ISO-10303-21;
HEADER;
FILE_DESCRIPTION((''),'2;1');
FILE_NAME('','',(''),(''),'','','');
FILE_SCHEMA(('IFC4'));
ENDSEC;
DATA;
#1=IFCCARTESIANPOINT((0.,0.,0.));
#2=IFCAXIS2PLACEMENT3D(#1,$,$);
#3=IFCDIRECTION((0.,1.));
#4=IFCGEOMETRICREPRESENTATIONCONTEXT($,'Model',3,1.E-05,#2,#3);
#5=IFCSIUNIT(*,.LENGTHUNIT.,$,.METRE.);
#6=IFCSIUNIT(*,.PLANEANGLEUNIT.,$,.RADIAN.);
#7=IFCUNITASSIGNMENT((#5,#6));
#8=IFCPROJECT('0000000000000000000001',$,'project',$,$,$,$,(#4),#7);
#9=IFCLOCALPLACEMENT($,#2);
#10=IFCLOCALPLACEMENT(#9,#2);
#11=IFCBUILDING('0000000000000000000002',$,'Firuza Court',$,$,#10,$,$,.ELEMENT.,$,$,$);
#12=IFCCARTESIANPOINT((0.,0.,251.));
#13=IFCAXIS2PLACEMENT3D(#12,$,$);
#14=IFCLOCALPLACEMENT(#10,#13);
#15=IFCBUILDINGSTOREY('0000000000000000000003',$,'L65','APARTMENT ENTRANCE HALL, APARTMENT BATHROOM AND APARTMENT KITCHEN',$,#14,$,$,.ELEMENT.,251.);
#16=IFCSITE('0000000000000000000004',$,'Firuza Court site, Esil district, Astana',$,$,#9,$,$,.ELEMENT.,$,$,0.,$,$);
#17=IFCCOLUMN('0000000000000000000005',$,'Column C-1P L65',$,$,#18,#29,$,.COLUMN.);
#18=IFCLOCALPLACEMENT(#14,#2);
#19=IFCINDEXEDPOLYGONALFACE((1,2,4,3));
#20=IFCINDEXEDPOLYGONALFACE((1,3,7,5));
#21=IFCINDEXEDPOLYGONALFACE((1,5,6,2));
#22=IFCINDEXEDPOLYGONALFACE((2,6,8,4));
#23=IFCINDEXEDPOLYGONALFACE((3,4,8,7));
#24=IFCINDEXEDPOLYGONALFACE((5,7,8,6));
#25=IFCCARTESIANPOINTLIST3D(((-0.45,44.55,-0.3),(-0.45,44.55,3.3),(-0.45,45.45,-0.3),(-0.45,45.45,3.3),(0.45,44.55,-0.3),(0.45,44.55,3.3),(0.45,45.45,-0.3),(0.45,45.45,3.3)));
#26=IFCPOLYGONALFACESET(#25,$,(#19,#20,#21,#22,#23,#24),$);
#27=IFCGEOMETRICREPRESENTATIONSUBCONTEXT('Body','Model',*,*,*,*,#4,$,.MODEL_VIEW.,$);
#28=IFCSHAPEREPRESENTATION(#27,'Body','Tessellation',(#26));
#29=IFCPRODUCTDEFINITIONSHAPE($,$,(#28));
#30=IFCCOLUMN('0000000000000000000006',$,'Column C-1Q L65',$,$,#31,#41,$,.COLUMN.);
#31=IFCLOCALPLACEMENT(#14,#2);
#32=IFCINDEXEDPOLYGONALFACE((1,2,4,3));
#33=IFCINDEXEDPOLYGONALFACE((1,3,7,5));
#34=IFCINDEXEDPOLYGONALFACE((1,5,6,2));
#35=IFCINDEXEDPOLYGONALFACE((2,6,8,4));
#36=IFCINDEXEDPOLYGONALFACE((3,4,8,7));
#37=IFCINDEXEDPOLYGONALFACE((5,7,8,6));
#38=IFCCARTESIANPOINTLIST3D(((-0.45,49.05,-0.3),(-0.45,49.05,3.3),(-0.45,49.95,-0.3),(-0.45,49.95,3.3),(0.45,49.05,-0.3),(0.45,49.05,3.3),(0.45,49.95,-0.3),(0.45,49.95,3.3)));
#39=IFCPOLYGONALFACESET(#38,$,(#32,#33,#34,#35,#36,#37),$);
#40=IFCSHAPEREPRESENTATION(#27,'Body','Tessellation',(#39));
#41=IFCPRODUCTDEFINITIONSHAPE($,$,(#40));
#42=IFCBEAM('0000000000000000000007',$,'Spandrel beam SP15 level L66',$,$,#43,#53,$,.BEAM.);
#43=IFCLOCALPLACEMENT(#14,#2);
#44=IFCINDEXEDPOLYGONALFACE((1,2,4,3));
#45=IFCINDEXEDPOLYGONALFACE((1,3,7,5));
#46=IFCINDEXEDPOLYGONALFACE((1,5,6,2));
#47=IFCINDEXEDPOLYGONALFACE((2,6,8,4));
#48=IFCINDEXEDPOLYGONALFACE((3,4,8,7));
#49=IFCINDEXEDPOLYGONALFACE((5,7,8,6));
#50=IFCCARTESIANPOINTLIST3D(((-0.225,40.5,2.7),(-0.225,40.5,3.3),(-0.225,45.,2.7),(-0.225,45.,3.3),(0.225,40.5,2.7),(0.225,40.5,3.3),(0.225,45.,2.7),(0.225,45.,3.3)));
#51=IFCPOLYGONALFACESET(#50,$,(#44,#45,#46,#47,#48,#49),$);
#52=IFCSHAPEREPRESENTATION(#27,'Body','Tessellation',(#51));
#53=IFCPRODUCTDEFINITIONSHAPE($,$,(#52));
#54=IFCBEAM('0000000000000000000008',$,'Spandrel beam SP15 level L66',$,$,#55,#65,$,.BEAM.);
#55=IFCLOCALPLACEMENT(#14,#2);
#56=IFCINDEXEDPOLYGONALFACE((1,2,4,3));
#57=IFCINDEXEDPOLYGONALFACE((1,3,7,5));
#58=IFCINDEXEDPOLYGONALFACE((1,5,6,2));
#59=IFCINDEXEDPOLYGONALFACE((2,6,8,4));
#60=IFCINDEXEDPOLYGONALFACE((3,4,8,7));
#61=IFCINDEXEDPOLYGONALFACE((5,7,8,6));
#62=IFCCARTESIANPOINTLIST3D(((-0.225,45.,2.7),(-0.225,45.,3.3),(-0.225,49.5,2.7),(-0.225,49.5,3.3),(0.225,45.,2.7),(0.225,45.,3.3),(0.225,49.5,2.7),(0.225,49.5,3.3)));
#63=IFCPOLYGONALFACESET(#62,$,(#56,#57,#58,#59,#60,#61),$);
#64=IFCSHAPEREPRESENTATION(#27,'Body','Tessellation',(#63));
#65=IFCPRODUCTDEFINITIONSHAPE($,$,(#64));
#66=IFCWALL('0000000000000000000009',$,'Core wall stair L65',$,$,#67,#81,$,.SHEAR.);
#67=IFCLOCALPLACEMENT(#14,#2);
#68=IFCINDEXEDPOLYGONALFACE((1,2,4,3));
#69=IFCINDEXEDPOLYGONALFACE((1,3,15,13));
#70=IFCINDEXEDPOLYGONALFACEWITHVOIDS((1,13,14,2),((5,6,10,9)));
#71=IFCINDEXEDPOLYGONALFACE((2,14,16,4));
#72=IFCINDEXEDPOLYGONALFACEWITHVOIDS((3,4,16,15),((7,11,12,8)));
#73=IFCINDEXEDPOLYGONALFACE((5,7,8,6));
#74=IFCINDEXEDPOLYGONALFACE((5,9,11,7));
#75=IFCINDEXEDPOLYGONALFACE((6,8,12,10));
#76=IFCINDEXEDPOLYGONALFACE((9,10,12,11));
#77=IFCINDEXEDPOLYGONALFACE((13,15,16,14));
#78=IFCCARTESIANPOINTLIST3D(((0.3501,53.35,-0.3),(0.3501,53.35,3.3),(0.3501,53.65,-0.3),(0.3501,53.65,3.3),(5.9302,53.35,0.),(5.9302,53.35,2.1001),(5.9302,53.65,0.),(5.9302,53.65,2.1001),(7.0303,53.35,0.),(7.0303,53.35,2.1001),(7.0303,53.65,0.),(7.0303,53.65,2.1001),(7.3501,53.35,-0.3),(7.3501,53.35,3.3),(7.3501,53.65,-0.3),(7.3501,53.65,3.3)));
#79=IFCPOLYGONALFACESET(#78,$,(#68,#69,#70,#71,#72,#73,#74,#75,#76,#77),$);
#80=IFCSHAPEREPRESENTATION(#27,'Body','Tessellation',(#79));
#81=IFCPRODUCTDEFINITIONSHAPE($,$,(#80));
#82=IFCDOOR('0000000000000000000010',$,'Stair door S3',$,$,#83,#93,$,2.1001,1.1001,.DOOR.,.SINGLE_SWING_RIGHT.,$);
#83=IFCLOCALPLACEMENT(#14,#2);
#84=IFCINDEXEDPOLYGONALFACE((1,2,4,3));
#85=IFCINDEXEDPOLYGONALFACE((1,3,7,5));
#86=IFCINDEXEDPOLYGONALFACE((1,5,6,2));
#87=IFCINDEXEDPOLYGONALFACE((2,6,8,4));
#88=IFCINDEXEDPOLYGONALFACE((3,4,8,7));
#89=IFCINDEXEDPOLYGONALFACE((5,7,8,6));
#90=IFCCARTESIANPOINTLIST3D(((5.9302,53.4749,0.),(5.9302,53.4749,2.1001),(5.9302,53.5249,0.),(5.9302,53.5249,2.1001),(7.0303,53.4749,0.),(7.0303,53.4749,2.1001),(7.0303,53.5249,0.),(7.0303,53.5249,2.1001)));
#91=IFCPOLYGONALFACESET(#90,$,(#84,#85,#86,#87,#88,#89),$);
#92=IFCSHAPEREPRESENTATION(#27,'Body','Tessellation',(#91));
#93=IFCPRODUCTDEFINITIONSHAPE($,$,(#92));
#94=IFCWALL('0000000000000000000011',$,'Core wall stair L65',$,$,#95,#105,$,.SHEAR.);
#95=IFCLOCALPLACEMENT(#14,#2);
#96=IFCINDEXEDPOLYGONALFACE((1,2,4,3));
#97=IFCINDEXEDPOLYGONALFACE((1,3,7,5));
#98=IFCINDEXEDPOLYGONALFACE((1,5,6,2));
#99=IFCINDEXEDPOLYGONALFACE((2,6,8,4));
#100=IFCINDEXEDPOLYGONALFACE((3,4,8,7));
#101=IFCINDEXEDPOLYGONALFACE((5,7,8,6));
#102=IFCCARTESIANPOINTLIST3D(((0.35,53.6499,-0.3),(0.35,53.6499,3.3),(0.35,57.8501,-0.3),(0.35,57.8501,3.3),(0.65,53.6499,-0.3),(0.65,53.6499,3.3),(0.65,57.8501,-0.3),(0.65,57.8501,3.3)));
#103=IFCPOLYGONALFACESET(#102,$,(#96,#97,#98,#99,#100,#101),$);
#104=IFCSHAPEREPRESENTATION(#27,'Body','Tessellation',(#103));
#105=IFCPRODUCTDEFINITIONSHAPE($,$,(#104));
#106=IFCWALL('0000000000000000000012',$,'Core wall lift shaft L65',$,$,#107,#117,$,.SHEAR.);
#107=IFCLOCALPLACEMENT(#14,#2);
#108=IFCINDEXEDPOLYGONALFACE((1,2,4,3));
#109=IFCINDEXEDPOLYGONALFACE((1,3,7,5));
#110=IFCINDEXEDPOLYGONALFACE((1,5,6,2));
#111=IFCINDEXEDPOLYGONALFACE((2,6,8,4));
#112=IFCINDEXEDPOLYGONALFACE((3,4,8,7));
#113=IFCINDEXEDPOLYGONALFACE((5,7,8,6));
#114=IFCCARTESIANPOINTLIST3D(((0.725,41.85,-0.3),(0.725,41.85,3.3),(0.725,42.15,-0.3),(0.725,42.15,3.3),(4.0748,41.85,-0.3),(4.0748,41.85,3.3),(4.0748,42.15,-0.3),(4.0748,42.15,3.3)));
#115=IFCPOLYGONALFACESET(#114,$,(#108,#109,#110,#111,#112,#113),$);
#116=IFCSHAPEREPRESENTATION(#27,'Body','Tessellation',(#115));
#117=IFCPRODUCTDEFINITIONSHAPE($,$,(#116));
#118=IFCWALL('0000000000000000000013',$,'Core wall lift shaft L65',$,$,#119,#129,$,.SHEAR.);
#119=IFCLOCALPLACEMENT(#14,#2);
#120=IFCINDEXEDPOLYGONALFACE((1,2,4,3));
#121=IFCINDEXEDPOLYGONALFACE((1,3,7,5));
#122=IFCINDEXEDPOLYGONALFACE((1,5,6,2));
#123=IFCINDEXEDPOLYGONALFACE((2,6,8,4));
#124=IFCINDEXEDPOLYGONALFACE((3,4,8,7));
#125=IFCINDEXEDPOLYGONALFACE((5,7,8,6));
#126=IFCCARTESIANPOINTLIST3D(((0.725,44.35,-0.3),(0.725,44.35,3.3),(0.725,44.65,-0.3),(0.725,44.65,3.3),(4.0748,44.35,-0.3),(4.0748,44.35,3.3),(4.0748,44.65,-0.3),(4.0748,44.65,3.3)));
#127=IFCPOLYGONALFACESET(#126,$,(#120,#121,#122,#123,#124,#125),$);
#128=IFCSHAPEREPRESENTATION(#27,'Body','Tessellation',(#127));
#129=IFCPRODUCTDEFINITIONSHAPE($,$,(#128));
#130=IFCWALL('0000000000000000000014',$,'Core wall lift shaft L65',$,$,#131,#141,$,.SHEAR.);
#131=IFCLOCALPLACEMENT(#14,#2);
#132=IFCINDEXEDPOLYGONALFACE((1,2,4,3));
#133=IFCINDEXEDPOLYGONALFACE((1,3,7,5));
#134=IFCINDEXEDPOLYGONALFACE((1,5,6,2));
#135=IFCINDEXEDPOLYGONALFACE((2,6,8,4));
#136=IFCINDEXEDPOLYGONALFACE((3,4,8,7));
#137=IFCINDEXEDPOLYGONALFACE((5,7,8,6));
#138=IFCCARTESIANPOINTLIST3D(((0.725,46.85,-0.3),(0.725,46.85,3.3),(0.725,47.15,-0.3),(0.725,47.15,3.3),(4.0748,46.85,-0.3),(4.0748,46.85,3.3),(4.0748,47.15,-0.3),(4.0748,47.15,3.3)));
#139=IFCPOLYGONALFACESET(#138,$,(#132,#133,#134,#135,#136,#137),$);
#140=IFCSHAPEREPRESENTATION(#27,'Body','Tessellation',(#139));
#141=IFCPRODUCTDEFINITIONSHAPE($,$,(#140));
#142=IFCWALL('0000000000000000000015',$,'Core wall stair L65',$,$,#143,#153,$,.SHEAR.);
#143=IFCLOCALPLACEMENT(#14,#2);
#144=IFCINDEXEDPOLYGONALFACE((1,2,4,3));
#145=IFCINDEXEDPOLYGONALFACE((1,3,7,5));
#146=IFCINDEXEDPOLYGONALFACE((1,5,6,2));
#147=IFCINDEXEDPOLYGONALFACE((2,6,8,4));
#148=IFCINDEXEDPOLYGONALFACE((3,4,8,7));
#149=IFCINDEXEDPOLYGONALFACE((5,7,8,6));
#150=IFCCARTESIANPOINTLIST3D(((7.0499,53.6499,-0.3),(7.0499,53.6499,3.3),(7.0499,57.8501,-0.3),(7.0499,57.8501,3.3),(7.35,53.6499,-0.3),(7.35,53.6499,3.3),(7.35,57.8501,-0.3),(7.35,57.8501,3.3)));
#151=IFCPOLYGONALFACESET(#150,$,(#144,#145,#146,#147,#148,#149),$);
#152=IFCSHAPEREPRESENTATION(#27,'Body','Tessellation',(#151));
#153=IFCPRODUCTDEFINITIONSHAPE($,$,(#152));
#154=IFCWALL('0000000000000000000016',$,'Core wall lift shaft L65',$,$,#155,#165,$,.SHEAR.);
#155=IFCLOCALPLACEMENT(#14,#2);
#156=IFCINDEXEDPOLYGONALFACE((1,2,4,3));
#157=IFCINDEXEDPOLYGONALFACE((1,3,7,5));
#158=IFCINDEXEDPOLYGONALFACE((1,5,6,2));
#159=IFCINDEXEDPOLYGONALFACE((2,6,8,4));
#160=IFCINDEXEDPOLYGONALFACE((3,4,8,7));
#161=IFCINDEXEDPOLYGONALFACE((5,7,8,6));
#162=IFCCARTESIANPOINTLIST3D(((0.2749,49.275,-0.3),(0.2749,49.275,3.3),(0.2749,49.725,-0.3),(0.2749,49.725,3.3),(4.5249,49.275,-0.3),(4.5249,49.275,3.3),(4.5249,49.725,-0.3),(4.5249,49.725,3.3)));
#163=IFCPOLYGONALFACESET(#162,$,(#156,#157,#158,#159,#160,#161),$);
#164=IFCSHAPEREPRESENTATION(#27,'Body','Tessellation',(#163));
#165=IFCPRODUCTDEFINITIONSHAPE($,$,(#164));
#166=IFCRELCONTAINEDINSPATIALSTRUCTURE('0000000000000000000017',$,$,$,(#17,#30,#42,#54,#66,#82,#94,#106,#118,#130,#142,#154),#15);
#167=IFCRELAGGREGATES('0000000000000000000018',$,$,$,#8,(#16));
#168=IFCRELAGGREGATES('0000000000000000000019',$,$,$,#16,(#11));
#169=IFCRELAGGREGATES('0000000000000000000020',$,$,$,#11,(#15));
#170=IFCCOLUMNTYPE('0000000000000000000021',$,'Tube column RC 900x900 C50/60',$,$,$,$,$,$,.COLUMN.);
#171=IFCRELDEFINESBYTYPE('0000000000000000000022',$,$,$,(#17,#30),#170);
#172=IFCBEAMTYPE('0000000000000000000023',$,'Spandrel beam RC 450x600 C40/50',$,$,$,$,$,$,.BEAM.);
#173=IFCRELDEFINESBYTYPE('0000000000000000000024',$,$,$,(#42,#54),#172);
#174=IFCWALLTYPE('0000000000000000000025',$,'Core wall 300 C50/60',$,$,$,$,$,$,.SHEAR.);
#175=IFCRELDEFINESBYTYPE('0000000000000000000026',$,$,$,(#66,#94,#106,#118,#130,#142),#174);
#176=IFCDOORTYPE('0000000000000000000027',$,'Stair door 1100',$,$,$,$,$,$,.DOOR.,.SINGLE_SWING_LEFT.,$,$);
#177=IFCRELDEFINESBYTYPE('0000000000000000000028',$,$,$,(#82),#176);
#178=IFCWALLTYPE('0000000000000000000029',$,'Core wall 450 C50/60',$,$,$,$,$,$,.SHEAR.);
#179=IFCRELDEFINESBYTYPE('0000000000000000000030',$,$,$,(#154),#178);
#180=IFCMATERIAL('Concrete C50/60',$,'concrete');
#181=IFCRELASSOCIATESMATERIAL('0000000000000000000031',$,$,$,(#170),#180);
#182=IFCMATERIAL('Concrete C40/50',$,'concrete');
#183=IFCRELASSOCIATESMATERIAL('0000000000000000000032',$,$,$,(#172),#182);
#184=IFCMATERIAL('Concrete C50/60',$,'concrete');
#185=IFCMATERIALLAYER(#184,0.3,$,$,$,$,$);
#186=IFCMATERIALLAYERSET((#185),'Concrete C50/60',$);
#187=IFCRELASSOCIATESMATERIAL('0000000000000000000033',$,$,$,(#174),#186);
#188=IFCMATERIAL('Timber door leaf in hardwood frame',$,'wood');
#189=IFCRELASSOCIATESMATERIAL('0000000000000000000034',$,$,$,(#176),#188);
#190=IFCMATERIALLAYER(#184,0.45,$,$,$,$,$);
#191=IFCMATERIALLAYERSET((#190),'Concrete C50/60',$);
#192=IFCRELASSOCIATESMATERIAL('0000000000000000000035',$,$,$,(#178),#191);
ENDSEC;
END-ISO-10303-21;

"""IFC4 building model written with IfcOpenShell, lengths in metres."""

from ifc_helpers import new_model, si_unit, direction, frame, frame_2d, origin, origin_2d, place, context, subcontext, project, spatial, rectangle, extrude, material, layer, layer_set, material_profile, profile_set, type_object, element, fill, save


model = new_model("IFC4")

# Units and contexts
model_context = context("Model", 3, precision=1e-05, world=origin(), true_north=direction((0.0, 1.0)))
body_context = subcontext(model_context, "Body", "Model", "MODEL_VIEW")
ifc_project = project(units=[si_unit("LENGTHUNIT", "METRE"), si_unit("PLANEANGLEUNIT", "RADIAN")], contexts=[model_context])

# Site, building, storey
site_placement = place(None, origin())
site = spatial("IfcSite", under=ifc_project, at=site_placement, Name="Firuza Court site, Esil district, Astana", CompositionType="ELEMENT", RefElevation=0.0)
building_placement = place(site_placement, origin())
building = spatial("IfcBuilding", under=site, at=building_placement, Name="Firuza Court", CompositionType="ELEMENT")
storey_placement = place(building_placement, frame((0.0, 0.0, 251.0)))
storey = spatial("IfcBuildingStorey", under=building, at=storey_placement, Name="L65", Description="APARTMENT ENTRANCE HALL, APARTMENT BATHROOM AND APARTMENT KITCHEN", CompositionType="ELEMENT", Elevation=251.0)

# Columns
ifc_material_1 = material(Name="Concrete C50/60", Category="concrete")
ifc_material_profile_1 = material_profile(ifc_material_1, rectangle(XDim=0.8999, YDim=0.8999, at=origin_2d()), Name="RC 900x900")
ifc_profile_set_1 = profile_set([ifc_material_profile_1], Name="Concrete C50/60")
column_type = type_object("IfcColumnType", Name="Tube column RC 900x900 C50/60", PredefinedType="COLUMN", material=ifc_profile_set_1)
for number, where, z_axis, x_axis, name in (
    (1, (0.0, 45.0, -0.3), (0.0, 0.0, 1.0), (1.0, 0.0, 0.0), "Column C-1P L65"),
    (2, (0.0, 49.5, -0.3), (0.0, 0.0, 1.0), (1.0, 0.0, 0.0), "Column C-1Q L65"),
):
    element("IfcColumn", number, at=place(storey_placement, frame(where, z_axis=z_axis, x_axis=x_axis)), inside=storey, type_object=column_type, Name=name, PredefinedType="COLUMN", context=body_context, shape_type="SweptSolid", body=[
        extrude(rectangle(XDim=0.8999, YDim=0.8999, at=origin_2d()), origin(), (0.0, 0.0, 1.0), 3.6001),
    ])

# Beams
ifc_material_2 = material(Name="Concrete C40/50", Category="concrete")
ifc_material_profile_2 = material_profile(ifc_material_2, rectangle(XDim=0.45, YDim=0.6001, at=origin_2d()), Name="RC 450x600")
ifc_profile_set_2 = profile_set([ifc_material_profile_2], Name="Concrete C40/50")
beam_type = type_object("IfcBeamType", Name="Spandrel beam RC 450x600 C40/50", PredefinedType="BEAM", material=ifc_profile_set_2)
for number, where, z_axis, x_axis, name in (
    (3, (0.0, 45.0, 3.0), (0.0, -1.0, 0.0), (1.0, 0.0, 0.0), "Spandrel beam SP15 level L66"),
    (4, (0.0, 49.5, 3.0), (0.0, -1.0, 0.0), (1.0, 0.0, 0.0), "Spandrel beam SP15 level L66"),
):
    element("IfcBeam", number, at=place(storey_placement, frame(where, z_axis=z_axis, x_axis=x_axis)), inside=storey, type_object=beam_type, Name=name, PredefinedType="BEAM", context=body_context, shape_type="SweptSolid", body=[
        extrude(rectangle(XDim=0.45, YDim=0.6001, at=origin_2d()), origin(), (0.0, 0.0, 1.0), 4.5),
    ])

# Wall, opening, door
ifc_material_3 = material(Name="Concrete C50/60", Category="concrete")
ifc_layer_1 = layer(ifc_material_3, 0.3)
ifc_layer_set_1 = layer_set([ifc_layer_1], Name="Concrete C50/60")
wall_type_1 = type_object("IfcWallType", Name="Core wall 300 C50/60", PredefinedType="SHEAR", material=ifc_layer_set_1)
wall_1_placement = place(storey_placement, frame((0.3501, 53.5, -0.3), z_axis=(0.0, 0.0, 1.0), x_axis=(1.0, 0.0, 0.0)))
wall_1 = element("IfcWall", 5, at=wall_1_placement, inside=storey, type_object=wall_type_1, Name="Core wall stair L65", PredefinedType="SHEAR", context=body_context, shape_type="SweptSolid", body=[
    extrude(rectangle(XDim=7.0, YDim=0.3, at=frame_2d((3.5, 0.0))), origin(), (0.0, 0.0, 1.0), 3.6001),
])
opening_1_placement = place(wall_1_placement, frame((5.5801, 0.0, 0.3)))
opening_1 = element("IfcOpeningElement", 6, at=opening_1_placement, cuts=wall_1, PredefinedType="OPENING", context=body_context, shape_type="SweptSolid", body=[
    extrude(rectangle(XDim=1.1001, YDim=2.1001, at=frame_2d((0.55, 1.05))), frame((0.0, 0.1621, 0.0), z_axis=(0.0, -1.0, 0.0), x_axis=(1.0, 0.0, 0.0)), (0.0, 0.0, 1.0), 0.324),
])
ifc_material_4 = material(Name="Timber door leaf in hardwood frame", Category="wood")
door_type_1 = type_object("IfcDoorType", Name="Stair door 1100", OperationType="SINGLE_SWING_LEFT", PredefinedType="DOOR", material=ifc_material_4)
door_1_placement = place(opening_1_placement, origin())
door_1 = element("IfcDoor", 7, at=door_1_placement, inside=storey, type_object=door_type_1, Name="Stair door S3", OperationType="SINGLE_SWING_RIGHT", OverallHeight=2.1001, OverallWidth=1.1001, PredefinedType="DOOR", context=body_context, shape_type="SweptSolid", body=[
    extrude(rectangle(XDim=1.1001, YDim=2.1001, at=frame_2d((0.55, 1.05))), frame((0.0, 0.0249, 0.0), z_axis=(0.0, -1.0, 0.0), x_axis=(1.0, 0.0, 0.0)), (0.0, 0.0, 1.0), 0.05),
])
fill(opening_1, door_1)

# Walls
wall_2_placement = place(storey_placement, frame((0.5, 53.6499, -0.3), z_axis=(0.0, 0.0, 1.0), x_axis=(0.0, 1.0, 0.0)))
element("IfcWall", 8, at=wall_2_placement, inside=storey, type_object=wall_type_1, Name="Core wall stair L65", PredefinedType="SHEAR", context=body_context, shape_type="SweptSolid", body=[
    extrude(rectangle(XDim=4.2002, YDim=0.3, at=frame_2d((2.1001, 0.0))), origin(), (0.0, 0.0, 1.0), 3.6001),
])
for number, where, z_axis, x_axis, name in (
    (9, (0.7251, 42.0, -0.3), (0.0, 0.0, 1.0), (1.0, 0.0, 0.0), "Core wall lift shaft L65"),
    (10, (0.7251, 44.5, -0.3), (0.0, 0.0, 1.0), (1.0, 0.0, 0.0), "Core wall lift shaft L65"),
    (11, (0.7251, 47.0, -0.3), (0.0, 0.0, 1.0), (1.0, 0.0, 0.0), "Core wall lift shaft L65"),
):
    element("IfcWall", number, at=place(storey_placement, frame(where, z_axis=z_axis, x_axis=x_axis)), inside=storey, type_object=wall_type_1, Name=name, PredefinedType="SHEAR", context=body_context, shape_type="SweptSolid", body=[
        extrude(rectangle(XDim=3.3499, YDim=0.3, at=frame_2d((1.6748, 0.0))), origin(), (0.0, 0.0, 1.0), 3.6001),
    ])
wall_3_placement = place(storey_placement, frame((7.2, 53.6499, -0.3), z_axis=(0.0, 0.0, 1.0), x_axis=(0.0, 1.0, 0.0)))
element("IfcWall", 12, at=wall_3_placement, inside=storey, type_object=wall_type_1, Name="Core wall stair L65", PredefinedType="SHEAR", context=body_context, shape_type="SweptSolid", body=[
    extrude(rectangle(XDim=4.2002, YDim=0.3, at=frame_2d((2.1001, 0.0))), origin(), (0.0, 0.0, 1.0), 3.6001),
])
ifc_layer_2 = layer(ifc_material_3, 0.45)
ifc_layer_set_2 = layer_set([ifc_layer_2], Name="Concrete C50/60")
wall_type_2 = type_object("IfcWallType", Name="Core wall 450 C50/60", PredefinedType="SHEAR", material=ifc_layer_set_2)
wall_4_placement = place(storey_placement, frame((0.2749, 49.5, -0.3), z_axis=(0.0, 0.0, 1.0), x_axis=(1.0, 0.0, 0.0)))
element("IfcWall", 13, at=wall_4_placement, inside=storey, type_object=wall_type_2, Name="Core wall lift shaft L65", PredefinedType="SHEAR", context=body_context, shape_type="SweptSolid", body=[
    extrude(rectangle(XDim=4.25, YDim=0.45, at=frame_2d((2.125, 0.0))), origin(), (0.0, 0.0, 1.0), 3.6001),
])

save(model, "model.ifc")
